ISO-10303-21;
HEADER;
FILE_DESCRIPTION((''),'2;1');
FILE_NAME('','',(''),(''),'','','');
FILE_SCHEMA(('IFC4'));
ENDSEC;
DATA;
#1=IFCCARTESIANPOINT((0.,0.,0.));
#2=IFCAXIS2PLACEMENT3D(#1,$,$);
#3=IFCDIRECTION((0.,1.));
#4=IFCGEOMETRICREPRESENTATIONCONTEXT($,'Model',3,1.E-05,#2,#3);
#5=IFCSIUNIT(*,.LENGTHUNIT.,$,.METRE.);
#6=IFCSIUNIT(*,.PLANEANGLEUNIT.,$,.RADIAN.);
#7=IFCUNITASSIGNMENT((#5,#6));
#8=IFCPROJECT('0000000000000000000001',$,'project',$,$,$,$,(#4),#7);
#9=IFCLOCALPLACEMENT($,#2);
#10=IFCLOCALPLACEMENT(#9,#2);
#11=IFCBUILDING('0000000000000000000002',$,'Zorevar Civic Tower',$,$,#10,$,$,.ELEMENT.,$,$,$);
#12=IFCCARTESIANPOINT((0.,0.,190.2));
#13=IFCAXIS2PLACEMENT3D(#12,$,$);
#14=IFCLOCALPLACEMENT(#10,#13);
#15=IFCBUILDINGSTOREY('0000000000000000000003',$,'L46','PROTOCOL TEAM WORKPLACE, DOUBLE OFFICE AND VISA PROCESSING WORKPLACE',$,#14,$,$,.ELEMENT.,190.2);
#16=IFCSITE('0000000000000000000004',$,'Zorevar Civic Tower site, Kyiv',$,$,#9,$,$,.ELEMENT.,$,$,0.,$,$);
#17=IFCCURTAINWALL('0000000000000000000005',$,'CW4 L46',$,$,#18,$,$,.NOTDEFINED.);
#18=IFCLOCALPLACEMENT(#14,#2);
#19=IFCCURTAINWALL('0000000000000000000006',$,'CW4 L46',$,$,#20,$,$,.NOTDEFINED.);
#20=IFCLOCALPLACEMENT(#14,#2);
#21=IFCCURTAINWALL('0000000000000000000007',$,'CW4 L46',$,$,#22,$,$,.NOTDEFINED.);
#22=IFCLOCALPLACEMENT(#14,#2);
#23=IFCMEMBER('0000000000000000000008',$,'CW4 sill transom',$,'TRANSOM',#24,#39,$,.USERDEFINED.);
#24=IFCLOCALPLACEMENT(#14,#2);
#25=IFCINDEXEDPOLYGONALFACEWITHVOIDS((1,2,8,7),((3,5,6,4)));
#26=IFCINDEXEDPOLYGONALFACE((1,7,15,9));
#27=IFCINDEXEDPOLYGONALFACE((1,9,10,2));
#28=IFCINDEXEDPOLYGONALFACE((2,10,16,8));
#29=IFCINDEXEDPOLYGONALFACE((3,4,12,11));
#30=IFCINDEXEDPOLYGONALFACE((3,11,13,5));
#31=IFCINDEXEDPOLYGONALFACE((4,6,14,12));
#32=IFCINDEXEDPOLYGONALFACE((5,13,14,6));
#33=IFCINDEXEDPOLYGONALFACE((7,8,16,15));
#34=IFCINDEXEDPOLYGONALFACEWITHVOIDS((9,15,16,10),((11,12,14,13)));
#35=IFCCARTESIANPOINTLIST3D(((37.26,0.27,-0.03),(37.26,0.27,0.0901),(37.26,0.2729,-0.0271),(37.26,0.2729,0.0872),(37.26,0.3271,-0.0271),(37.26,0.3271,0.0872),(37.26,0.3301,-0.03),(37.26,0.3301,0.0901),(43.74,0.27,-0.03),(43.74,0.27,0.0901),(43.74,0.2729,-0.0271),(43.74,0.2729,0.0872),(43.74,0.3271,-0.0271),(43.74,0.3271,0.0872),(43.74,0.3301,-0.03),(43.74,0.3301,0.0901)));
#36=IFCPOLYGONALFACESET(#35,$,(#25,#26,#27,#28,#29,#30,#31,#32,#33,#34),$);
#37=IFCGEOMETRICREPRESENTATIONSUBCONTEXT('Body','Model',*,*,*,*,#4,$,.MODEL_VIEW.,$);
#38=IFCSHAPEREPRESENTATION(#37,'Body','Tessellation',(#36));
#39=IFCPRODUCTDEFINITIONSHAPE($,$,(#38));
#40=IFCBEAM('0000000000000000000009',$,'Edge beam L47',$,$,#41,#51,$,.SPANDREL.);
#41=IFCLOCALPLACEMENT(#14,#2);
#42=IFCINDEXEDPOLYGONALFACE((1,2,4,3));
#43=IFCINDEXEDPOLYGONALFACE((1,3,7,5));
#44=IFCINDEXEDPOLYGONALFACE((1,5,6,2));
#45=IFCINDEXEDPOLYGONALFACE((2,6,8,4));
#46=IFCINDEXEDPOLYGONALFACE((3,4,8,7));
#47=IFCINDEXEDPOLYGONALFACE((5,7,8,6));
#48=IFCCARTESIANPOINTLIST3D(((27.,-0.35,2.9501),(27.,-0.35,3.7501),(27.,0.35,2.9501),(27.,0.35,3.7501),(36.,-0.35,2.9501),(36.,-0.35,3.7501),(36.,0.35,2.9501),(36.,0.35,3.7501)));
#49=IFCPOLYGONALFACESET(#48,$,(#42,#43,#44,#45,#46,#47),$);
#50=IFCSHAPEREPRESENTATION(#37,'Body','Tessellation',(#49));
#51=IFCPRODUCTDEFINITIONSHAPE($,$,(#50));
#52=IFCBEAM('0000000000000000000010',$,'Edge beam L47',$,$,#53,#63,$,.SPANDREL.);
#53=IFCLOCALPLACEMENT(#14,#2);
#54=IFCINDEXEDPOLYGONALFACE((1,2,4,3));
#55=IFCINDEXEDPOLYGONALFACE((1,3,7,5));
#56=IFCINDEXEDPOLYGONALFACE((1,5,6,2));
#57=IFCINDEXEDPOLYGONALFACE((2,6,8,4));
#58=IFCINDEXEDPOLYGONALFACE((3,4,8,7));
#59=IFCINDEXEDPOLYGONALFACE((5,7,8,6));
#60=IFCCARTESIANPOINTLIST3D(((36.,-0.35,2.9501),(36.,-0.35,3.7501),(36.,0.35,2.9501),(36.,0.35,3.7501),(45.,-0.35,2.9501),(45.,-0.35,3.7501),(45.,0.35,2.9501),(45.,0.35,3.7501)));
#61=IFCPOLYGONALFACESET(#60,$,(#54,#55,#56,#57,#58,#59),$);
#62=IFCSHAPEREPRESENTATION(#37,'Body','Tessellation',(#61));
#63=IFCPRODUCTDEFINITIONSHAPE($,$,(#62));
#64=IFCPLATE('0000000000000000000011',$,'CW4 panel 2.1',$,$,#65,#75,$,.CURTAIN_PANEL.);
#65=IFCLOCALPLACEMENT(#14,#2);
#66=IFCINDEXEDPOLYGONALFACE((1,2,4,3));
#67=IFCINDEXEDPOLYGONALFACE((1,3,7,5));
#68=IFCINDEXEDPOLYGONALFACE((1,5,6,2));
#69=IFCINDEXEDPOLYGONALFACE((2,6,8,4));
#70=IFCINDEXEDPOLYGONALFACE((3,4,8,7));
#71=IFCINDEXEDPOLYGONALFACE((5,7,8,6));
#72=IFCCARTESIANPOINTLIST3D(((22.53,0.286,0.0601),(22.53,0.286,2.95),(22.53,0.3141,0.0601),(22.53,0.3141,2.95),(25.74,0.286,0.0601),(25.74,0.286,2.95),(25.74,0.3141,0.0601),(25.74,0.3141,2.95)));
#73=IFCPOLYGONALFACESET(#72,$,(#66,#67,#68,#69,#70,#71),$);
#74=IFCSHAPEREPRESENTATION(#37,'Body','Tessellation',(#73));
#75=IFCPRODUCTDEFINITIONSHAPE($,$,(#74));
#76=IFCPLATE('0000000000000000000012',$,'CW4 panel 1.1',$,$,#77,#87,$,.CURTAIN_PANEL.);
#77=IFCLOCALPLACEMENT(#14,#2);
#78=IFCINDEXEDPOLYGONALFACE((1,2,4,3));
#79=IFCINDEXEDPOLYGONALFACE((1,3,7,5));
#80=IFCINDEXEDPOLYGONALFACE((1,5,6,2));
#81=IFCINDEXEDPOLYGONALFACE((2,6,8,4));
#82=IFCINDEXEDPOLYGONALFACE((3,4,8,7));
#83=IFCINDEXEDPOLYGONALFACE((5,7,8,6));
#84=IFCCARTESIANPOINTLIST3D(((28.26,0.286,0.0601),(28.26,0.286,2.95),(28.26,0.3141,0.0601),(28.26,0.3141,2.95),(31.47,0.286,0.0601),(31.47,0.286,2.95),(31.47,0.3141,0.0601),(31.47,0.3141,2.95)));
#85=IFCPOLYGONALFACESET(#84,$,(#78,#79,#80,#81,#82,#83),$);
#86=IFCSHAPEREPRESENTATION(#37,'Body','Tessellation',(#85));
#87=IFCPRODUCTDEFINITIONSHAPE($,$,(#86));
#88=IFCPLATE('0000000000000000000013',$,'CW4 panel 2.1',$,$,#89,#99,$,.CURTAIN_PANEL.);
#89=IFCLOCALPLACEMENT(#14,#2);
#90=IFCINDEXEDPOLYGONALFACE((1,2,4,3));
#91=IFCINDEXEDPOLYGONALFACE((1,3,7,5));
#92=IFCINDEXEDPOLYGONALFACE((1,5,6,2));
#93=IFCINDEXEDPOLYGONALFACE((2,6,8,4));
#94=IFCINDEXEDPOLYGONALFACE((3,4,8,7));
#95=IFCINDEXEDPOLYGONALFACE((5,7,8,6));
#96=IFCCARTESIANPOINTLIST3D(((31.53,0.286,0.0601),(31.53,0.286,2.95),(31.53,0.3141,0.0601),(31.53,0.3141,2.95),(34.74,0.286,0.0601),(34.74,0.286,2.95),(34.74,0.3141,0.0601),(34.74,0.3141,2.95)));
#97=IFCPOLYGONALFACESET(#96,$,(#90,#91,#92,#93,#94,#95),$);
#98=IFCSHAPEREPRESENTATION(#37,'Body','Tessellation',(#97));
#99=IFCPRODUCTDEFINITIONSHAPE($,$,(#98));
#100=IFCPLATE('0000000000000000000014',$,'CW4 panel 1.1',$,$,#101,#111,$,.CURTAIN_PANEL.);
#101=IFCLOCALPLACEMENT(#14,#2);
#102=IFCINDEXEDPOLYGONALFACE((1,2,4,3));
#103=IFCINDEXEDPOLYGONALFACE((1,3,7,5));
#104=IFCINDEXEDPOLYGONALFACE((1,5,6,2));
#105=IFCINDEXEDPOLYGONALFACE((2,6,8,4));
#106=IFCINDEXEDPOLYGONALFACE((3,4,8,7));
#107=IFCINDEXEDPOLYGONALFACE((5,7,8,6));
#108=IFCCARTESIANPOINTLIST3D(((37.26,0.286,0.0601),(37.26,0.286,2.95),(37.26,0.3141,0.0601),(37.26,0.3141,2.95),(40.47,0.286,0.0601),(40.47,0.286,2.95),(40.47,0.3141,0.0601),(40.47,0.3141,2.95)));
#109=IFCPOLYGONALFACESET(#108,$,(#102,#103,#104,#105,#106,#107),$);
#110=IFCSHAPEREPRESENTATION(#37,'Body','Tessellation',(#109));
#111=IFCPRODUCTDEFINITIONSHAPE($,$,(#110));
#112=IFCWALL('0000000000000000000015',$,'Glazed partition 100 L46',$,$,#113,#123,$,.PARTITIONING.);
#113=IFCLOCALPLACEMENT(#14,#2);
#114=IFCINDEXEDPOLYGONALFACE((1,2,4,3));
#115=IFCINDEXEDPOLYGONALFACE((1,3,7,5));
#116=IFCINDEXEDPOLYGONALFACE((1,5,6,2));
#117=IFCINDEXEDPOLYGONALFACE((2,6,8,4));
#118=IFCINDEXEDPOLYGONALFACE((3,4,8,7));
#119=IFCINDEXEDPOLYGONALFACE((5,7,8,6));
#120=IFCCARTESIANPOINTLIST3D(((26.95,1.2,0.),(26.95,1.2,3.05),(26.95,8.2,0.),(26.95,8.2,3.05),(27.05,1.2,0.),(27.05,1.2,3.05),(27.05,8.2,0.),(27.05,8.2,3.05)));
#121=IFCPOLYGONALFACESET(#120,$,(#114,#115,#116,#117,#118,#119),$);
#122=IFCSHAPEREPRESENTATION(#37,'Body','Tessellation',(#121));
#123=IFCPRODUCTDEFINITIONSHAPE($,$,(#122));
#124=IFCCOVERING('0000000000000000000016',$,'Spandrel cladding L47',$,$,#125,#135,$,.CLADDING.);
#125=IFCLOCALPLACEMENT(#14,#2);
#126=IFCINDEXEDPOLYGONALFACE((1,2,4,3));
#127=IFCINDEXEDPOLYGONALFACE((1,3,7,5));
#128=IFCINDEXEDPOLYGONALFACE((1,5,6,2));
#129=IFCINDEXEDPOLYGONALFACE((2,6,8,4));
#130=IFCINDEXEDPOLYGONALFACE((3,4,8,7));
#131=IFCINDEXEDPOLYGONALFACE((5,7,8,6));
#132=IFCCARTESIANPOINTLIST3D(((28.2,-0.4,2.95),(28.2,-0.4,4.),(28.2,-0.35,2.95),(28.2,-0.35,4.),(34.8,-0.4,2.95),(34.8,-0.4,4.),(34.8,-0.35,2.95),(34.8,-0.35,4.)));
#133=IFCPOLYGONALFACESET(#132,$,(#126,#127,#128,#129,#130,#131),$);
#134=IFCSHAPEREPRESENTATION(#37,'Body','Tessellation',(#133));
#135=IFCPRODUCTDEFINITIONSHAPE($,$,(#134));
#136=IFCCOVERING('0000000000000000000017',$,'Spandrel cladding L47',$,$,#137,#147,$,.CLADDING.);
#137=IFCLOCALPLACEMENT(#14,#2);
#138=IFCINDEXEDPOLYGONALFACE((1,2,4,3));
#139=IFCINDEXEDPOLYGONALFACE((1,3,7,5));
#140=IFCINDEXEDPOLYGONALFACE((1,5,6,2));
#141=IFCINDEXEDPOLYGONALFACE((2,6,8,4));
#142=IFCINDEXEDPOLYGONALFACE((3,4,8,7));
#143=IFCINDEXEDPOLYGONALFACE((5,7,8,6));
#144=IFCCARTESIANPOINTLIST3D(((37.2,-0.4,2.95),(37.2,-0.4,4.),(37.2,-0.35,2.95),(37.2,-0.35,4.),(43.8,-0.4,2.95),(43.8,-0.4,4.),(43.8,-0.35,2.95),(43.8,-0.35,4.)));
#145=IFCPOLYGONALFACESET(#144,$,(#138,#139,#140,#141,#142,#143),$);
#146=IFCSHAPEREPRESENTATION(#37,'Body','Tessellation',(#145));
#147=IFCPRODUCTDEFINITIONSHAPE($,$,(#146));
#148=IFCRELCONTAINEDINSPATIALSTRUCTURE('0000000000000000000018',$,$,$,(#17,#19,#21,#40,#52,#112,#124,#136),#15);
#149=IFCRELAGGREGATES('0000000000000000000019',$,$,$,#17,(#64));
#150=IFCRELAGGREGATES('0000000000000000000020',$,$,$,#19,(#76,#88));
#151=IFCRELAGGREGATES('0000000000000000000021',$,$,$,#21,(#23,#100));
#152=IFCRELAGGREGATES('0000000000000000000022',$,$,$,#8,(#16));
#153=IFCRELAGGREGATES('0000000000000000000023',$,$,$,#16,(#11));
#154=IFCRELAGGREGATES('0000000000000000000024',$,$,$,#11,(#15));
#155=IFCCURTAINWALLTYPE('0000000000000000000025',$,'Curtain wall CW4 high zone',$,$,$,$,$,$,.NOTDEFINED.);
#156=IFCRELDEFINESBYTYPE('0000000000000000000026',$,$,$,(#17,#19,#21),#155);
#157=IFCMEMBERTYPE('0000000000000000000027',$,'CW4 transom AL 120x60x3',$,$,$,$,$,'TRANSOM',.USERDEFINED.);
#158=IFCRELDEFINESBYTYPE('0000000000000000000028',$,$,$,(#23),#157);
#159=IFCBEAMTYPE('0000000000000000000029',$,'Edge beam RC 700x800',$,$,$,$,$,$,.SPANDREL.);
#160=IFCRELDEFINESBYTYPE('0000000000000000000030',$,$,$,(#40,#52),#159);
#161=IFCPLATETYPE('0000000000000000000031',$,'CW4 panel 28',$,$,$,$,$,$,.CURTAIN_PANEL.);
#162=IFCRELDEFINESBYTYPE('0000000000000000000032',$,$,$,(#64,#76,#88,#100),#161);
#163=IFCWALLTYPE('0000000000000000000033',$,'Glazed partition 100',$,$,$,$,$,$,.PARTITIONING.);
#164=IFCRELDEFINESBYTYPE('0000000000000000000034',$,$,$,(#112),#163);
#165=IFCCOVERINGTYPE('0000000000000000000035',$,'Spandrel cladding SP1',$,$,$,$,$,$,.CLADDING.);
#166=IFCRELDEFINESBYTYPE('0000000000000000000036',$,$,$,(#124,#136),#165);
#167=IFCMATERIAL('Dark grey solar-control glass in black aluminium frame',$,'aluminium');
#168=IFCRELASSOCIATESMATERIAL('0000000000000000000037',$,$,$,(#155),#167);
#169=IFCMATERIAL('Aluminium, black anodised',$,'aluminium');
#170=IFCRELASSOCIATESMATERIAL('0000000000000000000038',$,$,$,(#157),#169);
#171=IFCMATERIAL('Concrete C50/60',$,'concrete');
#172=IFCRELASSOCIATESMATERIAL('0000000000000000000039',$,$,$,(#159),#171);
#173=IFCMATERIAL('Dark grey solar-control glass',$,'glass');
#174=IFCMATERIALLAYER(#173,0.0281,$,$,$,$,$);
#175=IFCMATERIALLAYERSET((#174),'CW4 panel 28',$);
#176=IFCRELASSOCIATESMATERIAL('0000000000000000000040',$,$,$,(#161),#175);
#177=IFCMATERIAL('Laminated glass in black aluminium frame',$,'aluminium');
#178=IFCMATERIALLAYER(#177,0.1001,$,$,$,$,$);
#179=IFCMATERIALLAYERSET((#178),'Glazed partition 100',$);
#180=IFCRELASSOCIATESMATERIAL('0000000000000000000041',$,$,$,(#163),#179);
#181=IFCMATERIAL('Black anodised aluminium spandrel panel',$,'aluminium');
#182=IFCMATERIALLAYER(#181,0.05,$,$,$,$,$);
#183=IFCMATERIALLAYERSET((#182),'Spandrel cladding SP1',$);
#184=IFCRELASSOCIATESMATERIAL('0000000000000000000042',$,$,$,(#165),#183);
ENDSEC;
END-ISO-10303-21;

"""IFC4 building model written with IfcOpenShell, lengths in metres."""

from ifc_helpers import new_model, si_unit, direction, frame, frame_2d, origin, origin_2d, place, context, subcontext, project, spatial, rectangle, hollow_rectangle, extrude, material, layer, layer_set, material_profile, profile_set, type_object, element, aggregate, save


model = new_model("IFC4")

# Units and contexts
model_context = context("Model", 3, precision=1e-05, world=origin(), true_north=direction((0.0, 1.0)))
body_context = subcontext(model_context, "Body", "Model", "MODEL_VIEW")
ifc_project = project(units=[si_unit("LENGTHUNIT", "METRE"), si_unit("PLANEANGLEUNIT", "RADIAN")], contexts=[model_context])

# Site, building, storey
site_placement = place(None, origin())
site = spatial("IfcSite", under=ifc_project, at=site_placement, Name="Zorevar Civic Tower site, Kyiv", CompositionType="ELEMENT", RefElevation=0.0)
building_placement = place(site_placement, origin())
building = spatial("IfcBuilding", under=site, at=building_placement, Name="Zorevar Civic Tower", CompositionType="ELEMENT")
storey_placement = place(building_placement, frame((0.0, 0.0, 190.2)))
storey = spatial("IfcBuildingStorey", under=building, at=storey_placement, Name="L46", Description="PROTOCOL TEAM WORKPLACE, DOUBLE OFFICE AND VISA PROCESSING WORKPLACE", CompositionType="ELEMENT", Elevation=190.2)

# Curtain walls
ifc_material_1 = material(Name="Dark grey solar-control glass in black aluminium frame", Category="aluminium")
curtain_wall_type = type_object("IfcCurtainWallType", Name="Curtain wall CW4 high zone", PredefinedType="NOTDEFINED", material=ifc_material_1)
curtain_wall_1_placement = place(storey_placement, origin())
curtain_wall_1 = element("IfcCurtainWall", 1, at=curtain_wall_1_placement, inside=storey, type_object=curtain_wall_type, Name="CW4 L46", PredefinedType="NOTDEFINED")
curtain_wall_2_placement = place(storey_placement, origin())
curtain_wall_2 = element("IfcCurtainWall", 2, at=curtain_wall_2_placement, inside=storey, type_object=curtain_wall_type, Name="CW4 L46", PredefinedType="NOTDEFINED")

# Curtain wall
curtain_wall_3_placement = place(storey_placement, origin())
curtain_wall_3 = element("IfcCurtainWall", 3, at=curtain_wall_3_placement, inside=storey, type_object=curtain_wall_type, Name="CW4 L46", PredefinedType="NOTDEFINED")

# Member
ifc_material_2 = material(Name="Aluminium, black anodised", Category="aluminium")
ifc_material_profile_1 = material_profile(ifc_material_2, hollow_rectangle(XDim=0.0601, YDim=0.1201, WallThickness=0.0029, at=origin_2d()), Name="AL 120x60x3")
ifc_profile_set_1 = profile_set([ifc_material_profile_1], Name="Aluminium, black anodised")
member_type_1 = type_object("IfcMemberType", Name="CW4 transom AL 120x60x3", ElementType="TRANSOM", PredefinedType="USERDEFINED", material=ifc_profile_set_1)
member_1_placement = place(storey_placement, frame((37.26, 0.3, 0.03), z_axis=(1.0, 0.0, 0.0), x_axis=(0.0, 1.0, 0.0)))
member_1 = element("IfcMember", 4, at=member_1_placement, type_object=member_type_1, Name="CW4 sill transom", ObjectType="TRANSOM", PredefinedType="USERDEFINED", context=body_context, shape_type="SweptSolid", body=[
    extrude(hollow_rectangle(XDim=0.0601, YDim=0.1201, WallThickness=0.0029, at=origin_2d()), origin(), (0.0, 0.0, 1.0), 6.48),
])

# Beams
ifc_material_3 = material(Name="Concrete C50/60", Category="concrete")
ifc_material_profile_2 = material_profile(ifc_material_3, rectangle(XDim=0.7, YDim=0.8, at=origin_2d()), Name="RC 700x800")
ifc_profile_set_2 = profile_set([ifc_material_profile_2], Name="Concrete C50/60")
beam_type_1 = type_object("IfcBeamType", Name="Edge beam RC 700x800", PredefinedType="SPANDREL", material=ifc_profile_set_2)
for number, where, z_axis, x_axis, name in (
    (5, (27.0, 0.0, 3.3501), (1.0, 0.0, 0.0), (0.0, 1.0, 0.0), "Edge beam L47"),
    (6, (36.0, 0.0, 3.3501), (1.0, 0.0, 0.0), (0.0, 1.0, 0.0), "Edge beam L47"),
):
    element("IfcBeam", number, at=place(storey_placement, frame(where, z_axis=z_axis, x_axis=x_axis)), inside=storey, type_object=beam_type_1, Name=name, PredefinedType="SPANDREL", context=body_context, shape_type="SweptSolid", body=[
        extrude(rectangle(XDim=0.7, YDim=0.8, at=origin_2d()), origin(), (0.0, 0.0, 1.0), 9.0),
    ])

# Plates
ifc_material_4 = material(Name="Dark grey solar-control glass", Category="glass")
ifc_layer_1 = layer(ifc_material_4, 0.0281)
ifc_layer_set_1 = layer_set([ifc_layer_1], Name="CW4 panel 28")
plate_type = type_object("IfcPlateType", Name="CW4 panel 28", PredefinedType="CURTAIN_PANEL", material=ifc_layer_set_1)
plate_1_placement = place(storey_placement, frame((24.135, 0.3, 0.0601), z_axis=(0.0, 0.0, 1.0), x_axis=(1.0, 0.0, 0.0)))
plate_1 = element("IfcPlate", 7, at=plate_1_placement, type_object=plate_type, Name="CW4 panel 2.1", PredefinedType="CURTAIN_PANEL", context=body_context, shape_type="SweptSolid", body=[
    extrude(rectangle(XDim=3.21, YDim=0.0281, at=origin_2d()), origin(), (0.0, 0.0, 1.0), 2.8899),
])
aggregate(curtain_wall_1, [plate_1])
plate_2_placement = place(storey_placement, frame((29.865, 0.3, 0.0601), z_axis=(0.0, 0.0, 1.0), x_axis=(1.0, 0.0, 0.0)))
plate_2 = element("IfcPlate", 8, at=plate_2_placement, type_object=plate_type, Name="CW4 panel 1.1", PredefinedType="CURTAIN_PANEL", context=body_context, shape_type="SweptSolid", body=[
    extrude(rectangle(XDim=3.21, YDim=0.0281, at=origin_2d()), origin(), (0.0, 0.0, 1.0), 2.8899),
])
plate_3_placement = place(storey_placement, frame((33.135, 0.3, 0.0601), z_axis=(0.0, 0.0, 1.0), x_axis=(1.0, 0.0, 0.0)))
plate_3 = element("IfcPlate", 9, at=plate_3_placement, type_object=plate_type, Name="CW4 panel 2.1", PredefinedType="CURTAIN_PANEL", context=body_context, shape_type="SweptSolid", body=[
    extrude(rectangle(XDim=3.21, YDim=0.0281, at=origin_2d()), origin(), (0.0, 0.0, 1.0), 2.8899),
])
aggregate(curtain_wall_2, [plate_2, plate_3])
plate_4_placement = place(storey_placement, frame((38.865, 0.3, 0.0601), z_axis=(0.0, 0.0, 1.0), x_axis=(1.0, 0.0, 0.0)))
plate_4 = element("IfcPlate", 10, at=plate_4_placement, type_object=plate_type, Name="CW4 panel 1.1", PredefinedType="CURTAIN_PANEL", context=body_context, shape_type="SweptSolid", body=[
    extrude(rectangle(XDim=3.21, YDim=0.0281, at=origin_2d()), origin(), (0.0, 0.0, 1.0), 2.8899),
])
aggregate(curtain_wall_3, [member_1, plate_4])

# Wall
ifc_material_5 = material(Name="Laminated glass in black aluminium frame", Category="aluminium")
ifc_layer_2 = layer(ifc_material_5, 0.1001)
ifc_layer_set_2 = layer_set([ifc_layer_2], Name="Glazed partition 100")
wall_type = type_object("IfcWallType", Name="Glazed partition 100", PredefinedType="PARTITIONING", material=ifc_layer_set_2)
wall_placement = place(storey_placement, frame((27.0, 1.2, 0.0), z_axis=(0.0, 0.0, 1.0), x_axis=(0.0, 1.0, 0.0)))
element("IfcWall", 11, at=wall_placement, inside=storey, type_object=wall_type, Name="Glazed partition 100 L46", PredefinedType="PARTITIONING", context=body_context, shape_type="SweptSolid", body=[
    extrude(rectangle(XDim=7.0, YDim=0.1001, at=frame_2d((3.5, 0.0))), origin(), (0.0, 0.0, 1.0), 3.05),
])

# Coverings
ifc_material_6 = material(Name="Black anodised aluminium spandrel panel", Category="aluminium")
ifc_layer_3 = layer(ifc_material_6, 0.05)
ifc_layer_set_3 = layer_set([ifc_layer_3], Name="Spandrel cladding SP1")
covering_type = type_object("IfcCoveringType", Name="Spandrel cladding SP1", PredefinedType="CLADDING", material=ifc_layer_set_3)
for number, where, z_axis, x_axis, name in (
    (12, (28.2, -0.375, 2.95), (0.0, 0.0, 1.0), (1.0, 0.0, 0.0), "Spandrel cladding L47"),
    (13, (37.2, -0.375, 2.95), (0.0, 0.0, 1.0), (1.0, 0.0, 0.0), "Spandrel cladding L47"),
):
    element("IfcCovering", number, at=place(storey_placement, frame(where, z_axis=z_axis, x_axis=x_axis)), inside=storey, type_object=covering_type, Name=name, PredefinedType="CLADDING", context=body_context, shape_type="SweptSolid", body=[
        extrude(rectangle(XDim=6.6001, YDim=0.05, at=frame_2d((3.3, 0.0))), origin(), (0.0, 0.0, 1.0), 1.05),
    ])

save(model, "model.ifc")
